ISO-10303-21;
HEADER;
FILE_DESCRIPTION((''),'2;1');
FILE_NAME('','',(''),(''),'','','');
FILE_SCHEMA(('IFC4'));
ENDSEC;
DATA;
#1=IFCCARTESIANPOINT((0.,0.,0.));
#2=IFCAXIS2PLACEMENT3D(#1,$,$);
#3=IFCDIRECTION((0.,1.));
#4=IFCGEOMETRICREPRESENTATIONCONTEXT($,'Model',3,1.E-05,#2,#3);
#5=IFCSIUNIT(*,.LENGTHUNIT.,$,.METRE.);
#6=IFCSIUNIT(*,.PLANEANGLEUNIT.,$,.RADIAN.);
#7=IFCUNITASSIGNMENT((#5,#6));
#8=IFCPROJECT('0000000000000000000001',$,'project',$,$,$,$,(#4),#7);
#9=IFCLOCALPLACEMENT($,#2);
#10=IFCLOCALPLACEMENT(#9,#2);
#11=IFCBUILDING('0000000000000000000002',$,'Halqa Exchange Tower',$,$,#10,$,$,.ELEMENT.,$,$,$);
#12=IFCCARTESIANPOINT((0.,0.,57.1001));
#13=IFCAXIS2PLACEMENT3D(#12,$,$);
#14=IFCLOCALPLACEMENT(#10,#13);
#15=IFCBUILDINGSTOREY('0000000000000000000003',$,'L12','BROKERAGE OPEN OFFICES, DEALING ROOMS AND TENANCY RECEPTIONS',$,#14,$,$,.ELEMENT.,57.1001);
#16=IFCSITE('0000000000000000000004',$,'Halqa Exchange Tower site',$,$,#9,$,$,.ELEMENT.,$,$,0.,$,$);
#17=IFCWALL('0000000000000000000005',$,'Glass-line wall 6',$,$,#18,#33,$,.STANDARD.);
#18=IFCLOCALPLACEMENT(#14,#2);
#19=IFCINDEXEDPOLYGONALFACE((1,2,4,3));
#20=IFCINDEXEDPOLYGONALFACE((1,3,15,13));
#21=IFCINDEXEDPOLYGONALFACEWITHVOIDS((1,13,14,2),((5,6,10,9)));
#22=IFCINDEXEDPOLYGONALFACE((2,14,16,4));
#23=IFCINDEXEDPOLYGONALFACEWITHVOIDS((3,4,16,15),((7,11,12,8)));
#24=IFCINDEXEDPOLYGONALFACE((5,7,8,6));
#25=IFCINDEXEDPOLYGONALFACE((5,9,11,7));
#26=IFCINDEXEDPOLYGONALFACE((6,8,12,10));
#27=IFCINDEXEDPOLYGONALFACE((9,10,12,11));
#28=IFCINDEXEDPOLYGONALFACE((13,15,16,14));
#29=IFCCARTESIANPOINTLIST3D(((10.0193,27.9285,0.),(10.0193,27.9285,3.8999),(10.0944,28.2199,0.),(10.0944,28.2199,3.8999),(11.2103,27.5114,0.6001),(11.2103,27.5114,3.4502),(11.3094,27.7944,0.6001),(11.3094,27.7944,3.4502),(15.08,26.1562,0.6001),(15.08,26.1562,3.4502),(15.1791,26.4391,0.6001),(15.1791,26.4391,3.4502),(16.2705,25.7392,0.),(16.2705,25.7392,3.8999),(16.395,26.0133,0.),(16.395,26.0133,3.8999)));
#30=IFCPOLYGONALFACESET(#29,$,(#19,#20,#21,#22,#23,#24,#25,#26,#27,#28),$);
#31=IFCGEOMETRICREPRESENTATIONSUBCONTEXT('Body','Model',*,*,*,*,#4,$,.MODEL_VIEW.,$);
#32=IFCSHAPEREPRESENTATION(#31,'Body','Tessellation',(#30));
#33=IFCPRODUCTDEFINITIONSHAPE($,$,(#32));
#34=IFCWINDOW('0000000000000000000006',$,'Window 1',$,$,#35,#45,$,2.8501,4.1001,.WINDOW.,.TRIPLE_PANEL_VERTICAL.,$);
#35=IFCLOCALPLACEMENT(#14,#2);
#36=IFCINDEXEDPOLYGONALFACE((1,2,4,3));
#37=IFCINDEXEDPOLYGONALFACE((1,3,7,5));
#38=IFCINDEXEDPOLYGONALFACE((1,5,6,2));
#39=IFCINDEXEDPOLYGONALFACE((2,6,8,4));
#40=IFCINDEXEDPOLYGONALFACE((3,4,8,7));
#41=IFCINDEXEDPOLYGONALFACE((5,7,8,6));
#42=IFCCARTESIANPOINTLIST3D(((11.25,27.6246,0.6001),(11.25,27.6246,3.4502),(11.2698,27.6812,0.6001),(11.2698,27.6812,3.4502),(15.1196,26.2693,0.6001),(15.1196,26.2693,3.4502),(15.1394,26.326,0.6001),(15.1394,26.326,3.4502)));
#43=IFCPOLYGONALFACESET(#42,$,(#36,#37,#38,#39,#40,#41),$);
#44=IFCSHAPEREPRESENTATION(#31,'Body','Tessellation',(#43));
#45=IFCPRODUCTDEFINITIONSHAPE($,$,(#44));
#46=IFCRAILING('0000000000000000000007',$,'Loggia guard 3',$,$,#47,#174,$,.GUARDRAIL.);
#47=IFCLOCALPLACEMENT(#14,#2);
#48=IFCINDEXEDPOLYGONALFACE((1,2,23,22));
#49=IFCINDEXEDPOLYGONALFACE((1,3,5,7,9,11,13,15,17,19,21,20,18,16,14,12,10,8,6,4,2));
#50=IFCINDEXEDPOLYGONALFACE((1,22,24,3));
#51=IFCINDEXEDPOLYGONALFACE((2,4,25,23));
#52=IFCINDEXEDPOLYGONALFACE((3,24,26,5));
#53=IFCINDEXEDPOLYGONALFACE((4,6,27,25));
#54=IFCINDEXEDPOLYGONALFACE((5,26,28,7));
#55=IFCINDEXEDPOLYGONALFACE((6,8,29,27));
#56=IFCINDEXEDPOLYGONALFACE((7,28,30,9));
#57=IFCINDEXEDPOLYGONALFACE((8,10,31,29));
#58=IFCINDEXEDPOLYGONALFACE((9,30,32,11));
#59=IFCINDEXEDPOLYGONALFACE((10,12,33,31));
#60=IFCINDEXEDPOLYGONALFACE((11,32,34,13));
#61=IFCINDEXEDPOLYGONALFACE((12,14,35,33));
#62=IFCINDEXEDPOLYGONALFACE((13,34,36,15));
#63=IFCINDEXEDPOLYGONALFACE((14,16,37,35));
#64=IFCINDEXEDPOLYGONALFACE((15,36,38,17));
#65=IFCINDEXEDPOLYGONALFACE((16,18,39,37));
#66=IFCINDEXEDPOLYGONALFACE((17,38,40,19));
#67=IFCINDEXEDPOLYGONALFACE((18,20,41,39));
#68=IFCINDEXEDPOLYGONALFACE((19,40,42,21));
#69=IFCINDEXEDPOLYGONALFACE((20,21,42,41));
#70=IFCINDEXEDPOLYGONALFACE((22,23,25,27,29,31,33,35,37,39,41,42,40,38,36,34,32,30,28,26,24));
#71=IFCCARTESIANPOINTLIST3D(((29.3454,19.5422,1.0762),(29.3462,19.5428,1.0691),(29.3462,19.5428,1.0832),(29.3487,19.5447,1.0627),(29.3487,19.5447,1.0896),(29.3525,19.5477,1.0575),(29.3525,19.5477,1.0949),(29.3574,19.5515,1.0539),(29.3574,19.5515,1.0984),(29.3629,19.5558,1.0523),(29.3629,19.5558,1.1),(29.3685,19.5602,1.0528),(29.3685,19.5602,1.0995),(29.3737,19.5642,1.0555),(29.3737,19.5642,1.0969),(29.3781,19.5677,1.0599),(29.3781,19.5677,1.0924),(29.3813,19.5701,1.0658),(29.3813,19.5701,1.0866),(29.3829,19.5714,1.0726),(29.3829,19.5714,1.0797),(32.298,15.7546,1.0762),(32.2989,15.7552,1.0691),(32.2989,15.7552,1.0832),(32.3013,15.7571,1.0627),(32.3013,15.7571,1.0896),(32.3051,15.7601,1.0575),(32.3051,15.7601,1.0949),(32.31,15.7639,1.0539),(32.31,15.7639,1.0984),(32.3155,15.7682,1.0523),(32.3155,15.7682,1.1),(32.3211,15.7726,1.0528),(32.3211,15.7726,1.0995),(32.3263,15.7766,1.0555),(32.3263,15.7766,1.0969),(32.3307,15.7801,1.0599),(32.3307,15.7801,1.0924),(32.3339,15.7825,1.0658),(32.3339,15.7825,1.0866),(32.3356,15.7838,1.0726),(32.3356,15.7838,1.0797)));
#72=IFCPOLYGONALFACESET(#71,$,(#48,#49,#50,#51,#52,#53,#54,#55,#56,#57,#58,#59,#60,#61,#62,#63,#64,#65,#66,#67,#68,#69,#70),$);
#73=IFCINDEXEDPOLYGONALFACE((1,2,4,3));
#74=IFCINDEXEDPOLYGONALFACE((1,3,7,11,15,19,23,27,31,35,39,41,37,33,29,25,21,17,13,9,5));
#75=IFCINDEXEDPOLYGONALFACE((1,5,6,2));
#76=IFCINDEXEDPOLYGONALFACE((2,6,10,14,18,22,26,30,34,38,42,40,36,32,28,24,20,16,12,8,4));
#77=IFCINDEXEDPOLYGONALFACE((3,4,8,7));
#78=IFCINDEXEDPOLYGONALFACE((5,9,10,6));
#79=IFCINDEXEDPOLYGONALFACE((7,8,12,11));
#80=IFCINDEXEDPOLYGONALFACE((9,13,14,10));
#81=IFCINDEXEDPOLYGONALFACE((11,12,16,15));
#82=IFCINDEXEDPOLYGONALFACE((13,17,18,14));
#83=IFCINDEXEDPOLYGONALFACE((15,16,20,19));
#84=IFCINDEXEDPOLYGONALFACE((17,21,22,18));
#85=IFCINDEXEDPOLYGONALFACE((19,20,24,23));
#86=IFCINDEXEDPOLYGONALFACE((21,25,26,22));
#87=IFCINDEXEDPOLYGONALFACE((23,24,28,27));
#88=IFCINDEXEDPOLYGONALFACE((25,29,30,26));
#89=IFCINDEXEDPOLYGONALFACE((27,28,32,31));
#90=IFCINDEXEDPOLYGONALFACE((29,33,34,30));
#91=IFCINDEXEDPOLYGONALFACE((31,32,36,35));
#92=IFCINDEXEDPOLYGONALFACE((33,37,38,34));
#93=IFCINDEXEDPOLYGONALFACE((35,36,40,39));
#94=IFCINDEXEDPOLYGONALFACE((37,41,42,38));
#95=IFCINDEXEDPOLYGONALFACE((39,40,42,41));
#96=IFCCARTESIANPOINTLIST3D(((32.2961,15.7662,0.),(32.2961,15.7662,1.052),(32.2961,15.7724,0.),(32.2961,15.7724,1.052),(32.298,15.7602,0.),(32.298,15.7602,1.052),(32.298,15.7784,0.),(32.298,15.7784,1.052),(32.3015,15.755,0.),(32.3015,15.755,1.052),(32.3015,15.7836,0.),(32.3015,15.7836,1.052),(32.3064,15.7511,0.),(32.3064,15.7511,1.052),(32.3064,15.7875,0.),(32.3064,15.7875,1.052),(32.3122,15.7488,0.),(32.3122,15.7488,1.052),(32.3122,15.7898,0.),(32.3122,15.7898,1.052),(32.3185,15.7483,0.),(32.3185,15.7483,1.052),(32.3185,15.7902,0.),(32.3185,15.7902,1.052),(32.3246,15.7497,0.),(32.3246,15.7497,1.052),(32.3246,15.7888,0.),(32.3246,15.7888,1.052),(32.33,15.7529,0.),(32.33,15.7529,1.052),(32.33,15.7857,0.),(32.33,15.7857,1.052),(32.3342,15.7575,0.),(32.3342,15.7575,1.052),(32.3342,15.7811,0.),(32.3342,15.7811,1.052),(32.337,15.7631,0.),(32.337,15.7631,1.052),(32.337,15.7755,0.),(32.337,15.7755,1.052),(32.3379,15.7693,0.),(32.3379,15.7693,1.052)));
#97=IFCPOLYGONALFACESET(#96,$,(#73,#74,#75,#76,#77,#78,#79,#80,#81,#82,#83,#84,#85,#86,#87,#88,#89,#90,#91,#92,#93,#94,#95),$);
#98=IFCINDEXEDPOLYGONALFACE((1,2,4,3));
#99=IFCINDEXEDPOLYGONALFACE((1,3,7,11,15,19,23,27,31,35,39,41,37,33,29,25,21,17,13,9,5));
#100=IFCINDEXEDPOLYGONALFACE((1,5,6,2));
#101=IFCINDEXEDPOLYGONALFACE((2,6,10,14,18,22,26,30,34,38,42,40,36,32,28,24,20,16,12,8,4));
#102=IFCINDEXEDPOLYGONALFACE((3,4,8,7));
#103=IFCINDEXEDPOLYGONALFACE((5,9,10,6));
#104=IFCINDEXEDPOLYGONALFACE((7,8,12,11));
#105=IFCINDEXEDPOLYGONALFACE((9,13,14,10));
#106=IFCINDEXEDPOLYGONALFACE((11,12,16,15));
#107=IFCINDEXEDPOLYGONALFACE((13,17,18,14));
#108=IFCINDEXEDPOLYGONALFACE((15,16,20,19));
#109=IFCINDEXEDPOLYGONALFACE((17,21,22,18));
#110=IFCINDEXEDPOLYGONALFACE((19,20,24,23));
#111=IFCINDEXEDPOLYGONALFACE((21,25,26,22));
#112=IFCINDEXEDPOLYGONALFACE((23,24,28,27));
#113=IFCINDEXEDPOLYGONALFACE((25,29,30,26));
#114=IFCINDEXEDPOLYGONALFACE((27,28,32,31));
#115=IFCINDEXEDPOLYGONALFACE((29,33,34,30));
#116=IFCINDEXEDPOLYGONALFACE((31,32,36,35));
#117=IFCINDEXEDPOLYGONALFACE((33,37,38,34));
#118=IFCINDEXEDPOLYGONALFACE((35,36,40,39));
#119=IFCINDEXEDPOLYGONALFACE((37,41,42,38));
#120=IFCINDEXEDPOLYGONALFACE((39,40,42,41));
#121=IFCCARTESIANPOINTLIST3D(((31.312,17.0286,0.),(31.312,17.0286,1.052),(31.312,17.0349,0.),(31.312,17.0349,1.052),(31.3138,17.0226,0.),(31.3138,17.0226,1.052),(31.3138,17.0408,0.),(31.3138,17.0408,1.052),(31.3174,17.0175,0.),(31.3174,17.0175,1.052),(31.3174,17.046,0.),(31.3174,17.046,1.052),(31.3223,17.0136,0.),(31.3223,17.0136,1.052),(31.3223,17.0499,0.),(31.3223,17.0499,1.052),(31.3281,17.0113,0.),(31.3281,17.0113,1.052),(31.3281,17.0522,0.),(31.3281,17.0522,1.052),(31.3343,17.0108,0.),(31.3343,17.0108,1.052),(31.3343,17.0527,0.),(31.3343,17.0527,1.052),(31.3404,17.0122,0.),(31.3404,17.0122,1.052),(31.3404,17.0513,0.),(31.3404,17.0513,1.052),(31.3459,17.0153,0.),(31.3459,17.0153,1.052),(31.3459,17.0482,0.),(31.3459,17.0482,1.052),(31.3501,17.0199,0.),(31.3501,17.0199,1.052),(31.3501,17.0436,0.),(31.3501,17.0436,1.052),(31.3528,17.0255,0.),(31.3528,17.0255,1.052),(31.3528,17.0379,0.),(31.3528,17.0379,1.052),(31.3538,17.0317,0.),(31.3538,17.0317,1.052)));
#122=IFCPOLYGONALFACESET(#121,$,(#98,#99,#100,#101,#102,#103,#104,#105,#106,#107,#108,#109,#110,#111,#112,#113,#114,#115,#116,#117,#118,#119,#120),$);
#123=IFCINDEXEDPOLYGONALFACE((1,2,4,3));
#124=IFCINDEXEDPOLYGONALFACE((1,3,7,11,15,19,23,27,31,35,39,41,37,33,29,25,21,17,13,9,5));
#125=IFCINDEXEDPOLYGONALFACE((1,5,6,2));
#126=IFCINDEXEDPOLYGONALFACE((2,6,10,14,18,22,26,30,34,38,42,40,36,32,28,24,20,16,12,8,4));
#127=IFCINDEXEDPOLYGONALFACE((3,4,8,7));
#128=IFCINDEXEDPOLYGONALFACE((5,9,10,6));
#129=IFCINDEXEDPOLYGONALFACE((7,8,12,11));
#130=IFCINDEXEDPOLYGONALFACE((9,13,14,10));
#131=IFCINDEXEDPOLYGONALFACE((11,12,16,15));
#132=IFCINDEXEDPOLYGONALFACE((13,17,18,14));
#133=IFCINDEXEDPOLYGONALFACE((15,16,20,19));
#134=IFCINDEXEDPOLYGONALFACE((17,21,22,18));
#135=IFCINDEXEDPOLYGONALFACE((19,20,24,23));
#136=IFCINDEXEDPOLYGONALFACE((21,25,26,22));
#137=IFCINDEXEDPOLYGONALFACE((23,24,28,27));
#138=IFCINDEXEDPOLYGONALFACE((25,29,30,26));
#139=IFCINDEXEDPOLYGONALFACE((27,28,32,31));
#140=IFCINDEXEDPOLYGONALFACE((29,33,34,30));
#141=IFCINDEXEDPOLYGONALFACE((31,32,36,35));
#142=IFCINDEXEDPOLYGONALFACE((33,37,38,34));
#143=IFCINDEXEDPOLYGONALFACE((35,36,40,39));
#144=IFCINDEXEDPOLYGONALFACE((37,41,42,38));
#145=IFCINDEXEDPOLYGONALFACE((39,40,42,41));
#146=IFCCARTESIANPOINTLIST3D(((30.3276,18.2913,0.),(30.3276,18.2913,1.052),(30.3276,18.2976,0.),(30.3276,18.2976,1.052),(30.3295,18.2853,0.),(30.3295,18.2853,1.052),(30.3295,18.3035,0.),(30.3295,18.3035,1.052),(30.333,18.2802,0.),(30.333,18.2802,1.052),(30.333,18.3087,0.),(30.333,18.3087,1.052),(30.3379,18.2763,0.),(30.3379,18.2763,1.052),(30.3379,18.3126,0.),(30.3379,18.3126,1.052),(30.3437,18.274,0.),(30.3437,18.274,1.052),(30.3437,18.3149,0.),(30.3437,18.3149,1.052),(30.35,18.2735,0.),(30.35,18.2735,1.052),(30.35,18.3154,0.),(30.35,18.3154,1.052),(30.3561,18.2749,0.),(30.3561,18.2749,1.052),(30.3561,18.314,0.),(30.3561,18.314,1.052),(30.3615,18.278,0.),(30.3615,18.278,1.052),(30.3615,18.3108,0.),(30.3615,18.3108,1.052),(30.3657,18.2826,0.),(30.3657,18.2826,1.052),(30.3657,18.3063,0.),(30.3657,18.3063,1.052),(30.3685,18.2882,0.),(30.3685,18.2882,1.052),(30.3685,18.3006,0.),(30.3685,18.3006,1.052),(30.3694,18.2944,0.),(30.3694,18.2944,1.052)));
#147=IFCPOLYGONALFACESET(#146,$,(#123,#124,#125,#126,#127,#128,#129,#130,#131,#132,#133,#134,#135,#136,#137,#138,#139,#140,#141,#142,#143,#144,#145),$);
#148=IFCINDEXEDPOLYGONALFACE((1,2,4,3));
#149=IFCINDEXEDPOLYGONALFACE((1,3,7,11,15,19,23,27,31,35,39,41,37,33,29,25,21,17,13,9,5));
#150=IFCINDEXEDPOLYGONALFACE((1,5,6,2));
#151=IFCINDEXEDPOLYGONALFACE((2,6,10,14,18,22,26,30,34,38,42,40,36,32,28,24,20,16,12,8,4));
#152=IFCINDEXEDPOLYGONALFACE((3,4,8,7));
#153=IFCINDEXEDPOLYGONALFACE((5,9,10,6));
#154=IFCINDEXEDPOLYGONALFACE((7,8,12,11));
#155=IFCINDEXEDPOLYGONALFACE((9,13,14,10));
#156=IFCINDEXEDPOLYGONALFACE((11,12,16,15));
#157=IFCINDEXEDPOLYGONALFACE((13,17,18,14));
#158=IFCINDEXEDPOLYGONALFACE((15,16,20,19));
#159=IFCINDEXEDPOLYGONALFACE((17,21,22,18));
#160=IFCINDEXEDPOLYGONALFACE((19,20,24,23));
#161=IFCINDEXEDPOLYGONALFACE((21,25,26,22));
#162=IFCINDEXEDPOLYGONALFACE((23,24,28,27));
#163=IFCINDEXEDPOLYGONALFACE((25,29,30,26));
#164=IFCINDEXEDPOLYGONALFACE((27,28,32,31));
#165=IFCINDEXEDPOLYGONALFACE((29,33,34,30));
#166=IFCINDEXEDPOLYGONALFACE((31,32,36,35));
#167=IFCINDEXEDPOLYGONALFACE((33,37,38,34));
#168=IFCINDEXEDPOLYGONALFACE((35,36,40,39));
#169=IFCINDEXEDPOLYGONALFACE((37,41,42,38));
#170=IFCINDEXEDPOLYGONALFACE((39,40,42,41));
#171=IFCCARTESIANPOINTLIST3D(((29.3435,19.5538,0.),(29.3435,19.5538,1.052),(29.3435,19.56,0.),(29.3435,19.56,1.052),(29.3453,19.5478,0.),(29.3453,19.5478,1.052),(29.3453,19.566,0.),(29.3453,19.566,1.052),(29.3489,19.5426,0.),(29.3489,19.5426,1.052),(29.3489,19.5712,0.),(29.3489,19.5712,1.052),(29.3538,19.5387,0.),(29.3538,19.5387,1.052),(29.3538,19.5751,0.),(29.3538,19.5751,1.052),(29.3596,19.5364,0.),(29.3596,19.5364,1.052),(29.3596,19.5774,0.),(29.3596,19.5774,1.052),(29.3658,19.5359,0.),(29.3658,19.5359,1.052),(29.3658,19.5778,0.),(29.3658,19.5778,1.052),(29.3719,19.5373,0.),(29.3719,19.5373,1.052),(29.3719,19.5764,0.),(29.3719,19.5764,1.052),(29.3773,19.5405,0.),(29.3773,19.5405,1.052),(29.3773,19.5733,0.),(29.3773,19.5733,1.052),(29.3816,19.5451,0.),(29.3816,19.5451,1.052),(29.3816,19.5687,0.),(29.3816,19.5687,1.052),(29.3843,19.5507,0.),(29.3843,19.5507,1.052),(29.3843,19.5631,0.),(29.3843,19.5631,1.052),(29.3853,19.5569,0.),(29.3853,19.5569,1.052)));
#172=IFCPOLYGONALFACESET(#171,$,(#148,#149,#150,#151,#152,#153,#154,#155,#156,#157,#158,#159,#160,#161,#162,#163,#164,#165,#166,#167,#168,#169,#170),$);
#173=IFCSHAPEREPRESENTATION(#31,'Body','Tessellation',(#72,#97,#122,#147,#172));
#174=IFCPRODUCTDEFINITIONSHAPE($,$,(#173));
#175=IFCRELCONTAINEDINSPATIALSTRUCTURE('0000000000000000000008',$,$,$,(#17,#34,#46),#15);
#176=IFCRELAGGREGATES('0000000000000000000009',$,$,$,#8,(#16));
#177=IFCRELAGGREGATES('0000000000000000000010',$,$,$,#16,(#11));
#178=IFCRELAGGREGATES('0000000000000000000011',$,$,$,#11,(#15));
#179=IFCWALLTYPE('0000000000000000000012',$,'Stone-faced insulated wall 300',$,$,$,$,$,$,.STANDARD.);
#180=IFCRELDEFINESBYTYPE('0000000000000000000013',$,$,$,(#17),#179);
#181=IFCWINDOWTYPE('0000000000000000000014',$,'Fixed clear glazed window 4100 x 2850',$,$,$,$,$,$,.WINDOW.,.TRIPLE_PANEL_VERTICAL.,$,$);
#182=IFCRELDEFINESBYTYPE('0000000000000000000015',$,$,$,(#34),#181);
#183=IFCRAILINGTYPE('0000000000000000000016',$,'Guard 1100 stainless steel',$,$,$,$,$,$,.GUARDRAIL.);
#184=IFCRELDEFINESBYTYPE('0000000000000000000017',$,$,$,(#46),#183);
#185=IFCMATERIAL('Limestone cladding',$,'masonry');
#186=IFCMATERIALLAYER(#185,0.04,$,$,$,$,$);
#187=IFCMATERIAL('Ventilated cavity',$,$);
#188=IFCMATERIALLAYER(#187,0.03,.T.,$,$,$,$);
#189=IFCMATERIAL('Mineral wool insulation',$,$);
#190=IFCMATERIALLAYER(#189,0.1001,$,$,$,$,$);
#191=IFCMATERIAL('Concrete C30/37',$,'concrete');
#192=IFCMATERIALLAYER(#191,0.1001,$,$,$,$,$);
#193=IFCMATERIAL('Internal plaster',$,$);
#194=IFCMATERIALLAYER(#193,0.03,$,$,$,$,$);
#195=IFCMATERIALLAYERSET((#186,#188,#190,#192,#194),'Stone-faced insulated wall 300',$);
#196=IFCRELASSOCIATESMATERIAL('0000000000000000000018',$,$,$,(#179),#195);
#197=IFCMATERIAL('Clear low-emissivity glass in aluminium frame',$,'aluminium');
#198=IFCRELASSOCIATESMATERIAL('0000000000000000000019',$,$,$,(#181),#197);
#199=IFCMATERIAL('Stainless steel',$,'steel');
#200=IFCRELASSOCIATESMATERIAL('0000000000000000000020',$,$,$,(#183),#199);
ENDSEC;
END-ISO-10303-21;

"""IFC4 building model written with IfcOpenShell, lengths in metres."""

from ifc_helpers import new_model, si_unit, direction, frame, frame_2d, origin, origin_2d, place, context, subcontext, project, spatial, polyline, rectangle, circle, outline, extrude, material, layer, layer_set, type_object, element, fill, save


model = new_model("IFC4")

# Units and contexts
model_context = context("Model", 3, precision=1e-05, world=origin(), true_north=direction((0.0, 1.0)))
body_context = subcontext(model_context, "Body", "Model", "MODEL_VIEW")
ifc_project = project(units=[si_unit("LENGTHUNIT", "METRE"), si_unit("PLANEANGLEUNIT", "RADIAN")], contexts=[model_context])

# Site, building, storey
site_placement = place(None, origin())
site = spatial("IfcSite", under=ifc_project, at=site_placement, Name="Halqa Exchange Tower site", CompositionType="ELEMENT", RefElevation=0.0)
building_placement = place(site_placement, origin())
building = spatial("IfcBuilding", under=site, at=building_placement, Name="Halqa Exchange Tower", CompositionType="ELEMENT")
storey_placement = place(building_placement, frame((0.0, 0.0, 57.1001)))
storey = spatial("IfcBuildingStorey", under=building, at=storey_placement, Name="L12", Description="BROKERAGE OPEN OFFICES, DEALING ROOMS AND TENANCY RECEPTIONS", CompositionType="ELEMENT", Elevation=57.1001)

# Shared definitions
ifc_material_1 = material(Name="Limestone cladding", Category="masonry")
ifc_layer_1 = layer(ifc_material_1, 0.04)
ifc_material_2 = material(Name="Ventilated cavity")
ifc_layer_2 = layer(ifc_material_2, 0.03, ventilated=True)
ifc_material_3 = material(Name="Mineral wool insulation")
ifc_layer_3 = layer(ifc_material_3, 0.1001)
ifc_material_4 = material(Name="Concrete C30/37", Category="concrete")
ifc_layer_4 = layer(ifc_material_4, 0.1001)
ifc_material_5 = material(Name="Internal plaster")
ifc_layer_5 = layer(ifc_material_5, 0.03)
ifc_layer_set_1 = layer_set([ifc_layer_1, ifc_layer_2, ifc_layer_3, ifc_layer_4, ifc_layer_5], Name="Stone-faced insulated wall 300")
wall_type_1 = type_object("IfcWallType", Name="Stone-faced insulated wall 300", PredefinedType="STANDARD", material=ifc_layer_set_1)
ifc_material_6 = material(Name="Clear low-emissivity glass in aluminium frame", Category="aluminium")

# Wall, opening, window
window_type = type_object("IfcWindowType", Name="Fixed clear glazed window 4100 x 2850", PartitioningType="TRIPLE_PANEL_VERTICAL", PredefinedType="WINDOW", material=ifc_material_6)
wall_1_placement = place(storey_placement, frame((16.3328, 25.8762, 0.0), z_axis=(0.0, 0.0, 1.0), x_axis=(-0.943791, 0.330543, 0.0)))
wall_1 = element("IfcWall", 1, at=wall_1_placement, inside=storey, type_object=wall_type_1, Name="Glass-line wall 6", PredefinedType="STANDARD", context=body_context, shape_type="SweptSolid", body=[
    extrude(outline(polyline([(-0.0134, -0.1499), (6.6624, -0.1499), (6.637, 0.1499), (0.0134, 0.1499), (-0.0134, -0.1499)])), origin(), (0.0, 0.0, 1.0), 3.8999),
])
opening_1_placement = place(wall_1_placement, frame((1.2749, 0.0, 0.6001)))
opening_1 = element("IfcOpeningElement", 2, at=opening_1_placement, cuts=wall_1, PredefinedType="OPENING", context=body_context, shape_type="SweptSolid", body=[
    extrude(rectangle(XDim=4.1001, YDim=2.8501, at=frame_2d((2.05, 1.425))), frame((0.0, 0.1621, 0.0), z_axis=(0.0, -1.0, 0.0), x_axis=(1.0, 0.0, 0.0)), (0.0, 0.0, 1.0), 0.324),
])
window_1_placement = place(opening_1_placement, origin())
window_1 = element("IfcWindow", 3, at=window_1_placement, inside=storey, type_object=window_type, Name="Window 1", OverallHeight=2.8501, OverallWidth=4.1001, PartitioningType="TRIPLE_PANEL_VERTICAL", PredefinedType="WINDOW", context=body_context, shape_type="SweptSolid", body=[
    extrude(rectangle(XDim=4.1001, YDim=2.8501, at=frame_2d((2.05, 1.425))), frame((0.0, 0.03, 0.0), z_axis=(0.0, -1.0, 0.0), x_axis=(1.0, 0.0, 0.0)), (0.0, 0.0, 1.0), 0.0601),
])
fill(opening_1, window_1)

# Railing
ifc_material_7 = material(Name="Stainless steel", Category="steel")
railing_type = type_object("IfcRailingType", Name="Guard 1100 stainless steel", PredefinedType="GUARDRAIL", material=ifc_material_7)
railing_1_placement = place(storey_placement, frame((32.3169, 15.7693, 0.0)))
element("IfcRailing", 4, at=railing_1_placement, inside=storey, type_object=railing_type, Name="Loggia guard 3", PredefinedType="GUARDRAIL", context=body_context, shape_type="SweptSolid", body=[
    extrude(circle(Radius=0.0239, at=origin_2d()), frame((0.0, 0.0, 1.0762), z_axis=(-0.614813, 0.788673, 0.0), x_axis=(-0.788673, -0.614813, 0.0)), (0.0, 0.0, 1.0), 4.8025),
    extrude(circle(Radius=0.021, at=origin_2d()), origin(), (0.0, 0.0, 1.0), 1.052),
    extrude(circle(Radius=0.021, at=origin_2d()), frame((-0.9841, 1.2625, 0.0)), (0.0, 0.0, 1.0), 1.052),
    extrude(circle(Radius=0.021, at=origin_2d()), frame((-1.9685, 2.5251, 0.0)), (0.0, 0.0, 1.0), 1.052),
    extrude(circle(Radius=0.021, at=origin_2d()), frame((-2.9526, 3.7876, 0.0)), (0.0, 0.0, 1.0), 1.052),
])

save(model, "model.ifc")
